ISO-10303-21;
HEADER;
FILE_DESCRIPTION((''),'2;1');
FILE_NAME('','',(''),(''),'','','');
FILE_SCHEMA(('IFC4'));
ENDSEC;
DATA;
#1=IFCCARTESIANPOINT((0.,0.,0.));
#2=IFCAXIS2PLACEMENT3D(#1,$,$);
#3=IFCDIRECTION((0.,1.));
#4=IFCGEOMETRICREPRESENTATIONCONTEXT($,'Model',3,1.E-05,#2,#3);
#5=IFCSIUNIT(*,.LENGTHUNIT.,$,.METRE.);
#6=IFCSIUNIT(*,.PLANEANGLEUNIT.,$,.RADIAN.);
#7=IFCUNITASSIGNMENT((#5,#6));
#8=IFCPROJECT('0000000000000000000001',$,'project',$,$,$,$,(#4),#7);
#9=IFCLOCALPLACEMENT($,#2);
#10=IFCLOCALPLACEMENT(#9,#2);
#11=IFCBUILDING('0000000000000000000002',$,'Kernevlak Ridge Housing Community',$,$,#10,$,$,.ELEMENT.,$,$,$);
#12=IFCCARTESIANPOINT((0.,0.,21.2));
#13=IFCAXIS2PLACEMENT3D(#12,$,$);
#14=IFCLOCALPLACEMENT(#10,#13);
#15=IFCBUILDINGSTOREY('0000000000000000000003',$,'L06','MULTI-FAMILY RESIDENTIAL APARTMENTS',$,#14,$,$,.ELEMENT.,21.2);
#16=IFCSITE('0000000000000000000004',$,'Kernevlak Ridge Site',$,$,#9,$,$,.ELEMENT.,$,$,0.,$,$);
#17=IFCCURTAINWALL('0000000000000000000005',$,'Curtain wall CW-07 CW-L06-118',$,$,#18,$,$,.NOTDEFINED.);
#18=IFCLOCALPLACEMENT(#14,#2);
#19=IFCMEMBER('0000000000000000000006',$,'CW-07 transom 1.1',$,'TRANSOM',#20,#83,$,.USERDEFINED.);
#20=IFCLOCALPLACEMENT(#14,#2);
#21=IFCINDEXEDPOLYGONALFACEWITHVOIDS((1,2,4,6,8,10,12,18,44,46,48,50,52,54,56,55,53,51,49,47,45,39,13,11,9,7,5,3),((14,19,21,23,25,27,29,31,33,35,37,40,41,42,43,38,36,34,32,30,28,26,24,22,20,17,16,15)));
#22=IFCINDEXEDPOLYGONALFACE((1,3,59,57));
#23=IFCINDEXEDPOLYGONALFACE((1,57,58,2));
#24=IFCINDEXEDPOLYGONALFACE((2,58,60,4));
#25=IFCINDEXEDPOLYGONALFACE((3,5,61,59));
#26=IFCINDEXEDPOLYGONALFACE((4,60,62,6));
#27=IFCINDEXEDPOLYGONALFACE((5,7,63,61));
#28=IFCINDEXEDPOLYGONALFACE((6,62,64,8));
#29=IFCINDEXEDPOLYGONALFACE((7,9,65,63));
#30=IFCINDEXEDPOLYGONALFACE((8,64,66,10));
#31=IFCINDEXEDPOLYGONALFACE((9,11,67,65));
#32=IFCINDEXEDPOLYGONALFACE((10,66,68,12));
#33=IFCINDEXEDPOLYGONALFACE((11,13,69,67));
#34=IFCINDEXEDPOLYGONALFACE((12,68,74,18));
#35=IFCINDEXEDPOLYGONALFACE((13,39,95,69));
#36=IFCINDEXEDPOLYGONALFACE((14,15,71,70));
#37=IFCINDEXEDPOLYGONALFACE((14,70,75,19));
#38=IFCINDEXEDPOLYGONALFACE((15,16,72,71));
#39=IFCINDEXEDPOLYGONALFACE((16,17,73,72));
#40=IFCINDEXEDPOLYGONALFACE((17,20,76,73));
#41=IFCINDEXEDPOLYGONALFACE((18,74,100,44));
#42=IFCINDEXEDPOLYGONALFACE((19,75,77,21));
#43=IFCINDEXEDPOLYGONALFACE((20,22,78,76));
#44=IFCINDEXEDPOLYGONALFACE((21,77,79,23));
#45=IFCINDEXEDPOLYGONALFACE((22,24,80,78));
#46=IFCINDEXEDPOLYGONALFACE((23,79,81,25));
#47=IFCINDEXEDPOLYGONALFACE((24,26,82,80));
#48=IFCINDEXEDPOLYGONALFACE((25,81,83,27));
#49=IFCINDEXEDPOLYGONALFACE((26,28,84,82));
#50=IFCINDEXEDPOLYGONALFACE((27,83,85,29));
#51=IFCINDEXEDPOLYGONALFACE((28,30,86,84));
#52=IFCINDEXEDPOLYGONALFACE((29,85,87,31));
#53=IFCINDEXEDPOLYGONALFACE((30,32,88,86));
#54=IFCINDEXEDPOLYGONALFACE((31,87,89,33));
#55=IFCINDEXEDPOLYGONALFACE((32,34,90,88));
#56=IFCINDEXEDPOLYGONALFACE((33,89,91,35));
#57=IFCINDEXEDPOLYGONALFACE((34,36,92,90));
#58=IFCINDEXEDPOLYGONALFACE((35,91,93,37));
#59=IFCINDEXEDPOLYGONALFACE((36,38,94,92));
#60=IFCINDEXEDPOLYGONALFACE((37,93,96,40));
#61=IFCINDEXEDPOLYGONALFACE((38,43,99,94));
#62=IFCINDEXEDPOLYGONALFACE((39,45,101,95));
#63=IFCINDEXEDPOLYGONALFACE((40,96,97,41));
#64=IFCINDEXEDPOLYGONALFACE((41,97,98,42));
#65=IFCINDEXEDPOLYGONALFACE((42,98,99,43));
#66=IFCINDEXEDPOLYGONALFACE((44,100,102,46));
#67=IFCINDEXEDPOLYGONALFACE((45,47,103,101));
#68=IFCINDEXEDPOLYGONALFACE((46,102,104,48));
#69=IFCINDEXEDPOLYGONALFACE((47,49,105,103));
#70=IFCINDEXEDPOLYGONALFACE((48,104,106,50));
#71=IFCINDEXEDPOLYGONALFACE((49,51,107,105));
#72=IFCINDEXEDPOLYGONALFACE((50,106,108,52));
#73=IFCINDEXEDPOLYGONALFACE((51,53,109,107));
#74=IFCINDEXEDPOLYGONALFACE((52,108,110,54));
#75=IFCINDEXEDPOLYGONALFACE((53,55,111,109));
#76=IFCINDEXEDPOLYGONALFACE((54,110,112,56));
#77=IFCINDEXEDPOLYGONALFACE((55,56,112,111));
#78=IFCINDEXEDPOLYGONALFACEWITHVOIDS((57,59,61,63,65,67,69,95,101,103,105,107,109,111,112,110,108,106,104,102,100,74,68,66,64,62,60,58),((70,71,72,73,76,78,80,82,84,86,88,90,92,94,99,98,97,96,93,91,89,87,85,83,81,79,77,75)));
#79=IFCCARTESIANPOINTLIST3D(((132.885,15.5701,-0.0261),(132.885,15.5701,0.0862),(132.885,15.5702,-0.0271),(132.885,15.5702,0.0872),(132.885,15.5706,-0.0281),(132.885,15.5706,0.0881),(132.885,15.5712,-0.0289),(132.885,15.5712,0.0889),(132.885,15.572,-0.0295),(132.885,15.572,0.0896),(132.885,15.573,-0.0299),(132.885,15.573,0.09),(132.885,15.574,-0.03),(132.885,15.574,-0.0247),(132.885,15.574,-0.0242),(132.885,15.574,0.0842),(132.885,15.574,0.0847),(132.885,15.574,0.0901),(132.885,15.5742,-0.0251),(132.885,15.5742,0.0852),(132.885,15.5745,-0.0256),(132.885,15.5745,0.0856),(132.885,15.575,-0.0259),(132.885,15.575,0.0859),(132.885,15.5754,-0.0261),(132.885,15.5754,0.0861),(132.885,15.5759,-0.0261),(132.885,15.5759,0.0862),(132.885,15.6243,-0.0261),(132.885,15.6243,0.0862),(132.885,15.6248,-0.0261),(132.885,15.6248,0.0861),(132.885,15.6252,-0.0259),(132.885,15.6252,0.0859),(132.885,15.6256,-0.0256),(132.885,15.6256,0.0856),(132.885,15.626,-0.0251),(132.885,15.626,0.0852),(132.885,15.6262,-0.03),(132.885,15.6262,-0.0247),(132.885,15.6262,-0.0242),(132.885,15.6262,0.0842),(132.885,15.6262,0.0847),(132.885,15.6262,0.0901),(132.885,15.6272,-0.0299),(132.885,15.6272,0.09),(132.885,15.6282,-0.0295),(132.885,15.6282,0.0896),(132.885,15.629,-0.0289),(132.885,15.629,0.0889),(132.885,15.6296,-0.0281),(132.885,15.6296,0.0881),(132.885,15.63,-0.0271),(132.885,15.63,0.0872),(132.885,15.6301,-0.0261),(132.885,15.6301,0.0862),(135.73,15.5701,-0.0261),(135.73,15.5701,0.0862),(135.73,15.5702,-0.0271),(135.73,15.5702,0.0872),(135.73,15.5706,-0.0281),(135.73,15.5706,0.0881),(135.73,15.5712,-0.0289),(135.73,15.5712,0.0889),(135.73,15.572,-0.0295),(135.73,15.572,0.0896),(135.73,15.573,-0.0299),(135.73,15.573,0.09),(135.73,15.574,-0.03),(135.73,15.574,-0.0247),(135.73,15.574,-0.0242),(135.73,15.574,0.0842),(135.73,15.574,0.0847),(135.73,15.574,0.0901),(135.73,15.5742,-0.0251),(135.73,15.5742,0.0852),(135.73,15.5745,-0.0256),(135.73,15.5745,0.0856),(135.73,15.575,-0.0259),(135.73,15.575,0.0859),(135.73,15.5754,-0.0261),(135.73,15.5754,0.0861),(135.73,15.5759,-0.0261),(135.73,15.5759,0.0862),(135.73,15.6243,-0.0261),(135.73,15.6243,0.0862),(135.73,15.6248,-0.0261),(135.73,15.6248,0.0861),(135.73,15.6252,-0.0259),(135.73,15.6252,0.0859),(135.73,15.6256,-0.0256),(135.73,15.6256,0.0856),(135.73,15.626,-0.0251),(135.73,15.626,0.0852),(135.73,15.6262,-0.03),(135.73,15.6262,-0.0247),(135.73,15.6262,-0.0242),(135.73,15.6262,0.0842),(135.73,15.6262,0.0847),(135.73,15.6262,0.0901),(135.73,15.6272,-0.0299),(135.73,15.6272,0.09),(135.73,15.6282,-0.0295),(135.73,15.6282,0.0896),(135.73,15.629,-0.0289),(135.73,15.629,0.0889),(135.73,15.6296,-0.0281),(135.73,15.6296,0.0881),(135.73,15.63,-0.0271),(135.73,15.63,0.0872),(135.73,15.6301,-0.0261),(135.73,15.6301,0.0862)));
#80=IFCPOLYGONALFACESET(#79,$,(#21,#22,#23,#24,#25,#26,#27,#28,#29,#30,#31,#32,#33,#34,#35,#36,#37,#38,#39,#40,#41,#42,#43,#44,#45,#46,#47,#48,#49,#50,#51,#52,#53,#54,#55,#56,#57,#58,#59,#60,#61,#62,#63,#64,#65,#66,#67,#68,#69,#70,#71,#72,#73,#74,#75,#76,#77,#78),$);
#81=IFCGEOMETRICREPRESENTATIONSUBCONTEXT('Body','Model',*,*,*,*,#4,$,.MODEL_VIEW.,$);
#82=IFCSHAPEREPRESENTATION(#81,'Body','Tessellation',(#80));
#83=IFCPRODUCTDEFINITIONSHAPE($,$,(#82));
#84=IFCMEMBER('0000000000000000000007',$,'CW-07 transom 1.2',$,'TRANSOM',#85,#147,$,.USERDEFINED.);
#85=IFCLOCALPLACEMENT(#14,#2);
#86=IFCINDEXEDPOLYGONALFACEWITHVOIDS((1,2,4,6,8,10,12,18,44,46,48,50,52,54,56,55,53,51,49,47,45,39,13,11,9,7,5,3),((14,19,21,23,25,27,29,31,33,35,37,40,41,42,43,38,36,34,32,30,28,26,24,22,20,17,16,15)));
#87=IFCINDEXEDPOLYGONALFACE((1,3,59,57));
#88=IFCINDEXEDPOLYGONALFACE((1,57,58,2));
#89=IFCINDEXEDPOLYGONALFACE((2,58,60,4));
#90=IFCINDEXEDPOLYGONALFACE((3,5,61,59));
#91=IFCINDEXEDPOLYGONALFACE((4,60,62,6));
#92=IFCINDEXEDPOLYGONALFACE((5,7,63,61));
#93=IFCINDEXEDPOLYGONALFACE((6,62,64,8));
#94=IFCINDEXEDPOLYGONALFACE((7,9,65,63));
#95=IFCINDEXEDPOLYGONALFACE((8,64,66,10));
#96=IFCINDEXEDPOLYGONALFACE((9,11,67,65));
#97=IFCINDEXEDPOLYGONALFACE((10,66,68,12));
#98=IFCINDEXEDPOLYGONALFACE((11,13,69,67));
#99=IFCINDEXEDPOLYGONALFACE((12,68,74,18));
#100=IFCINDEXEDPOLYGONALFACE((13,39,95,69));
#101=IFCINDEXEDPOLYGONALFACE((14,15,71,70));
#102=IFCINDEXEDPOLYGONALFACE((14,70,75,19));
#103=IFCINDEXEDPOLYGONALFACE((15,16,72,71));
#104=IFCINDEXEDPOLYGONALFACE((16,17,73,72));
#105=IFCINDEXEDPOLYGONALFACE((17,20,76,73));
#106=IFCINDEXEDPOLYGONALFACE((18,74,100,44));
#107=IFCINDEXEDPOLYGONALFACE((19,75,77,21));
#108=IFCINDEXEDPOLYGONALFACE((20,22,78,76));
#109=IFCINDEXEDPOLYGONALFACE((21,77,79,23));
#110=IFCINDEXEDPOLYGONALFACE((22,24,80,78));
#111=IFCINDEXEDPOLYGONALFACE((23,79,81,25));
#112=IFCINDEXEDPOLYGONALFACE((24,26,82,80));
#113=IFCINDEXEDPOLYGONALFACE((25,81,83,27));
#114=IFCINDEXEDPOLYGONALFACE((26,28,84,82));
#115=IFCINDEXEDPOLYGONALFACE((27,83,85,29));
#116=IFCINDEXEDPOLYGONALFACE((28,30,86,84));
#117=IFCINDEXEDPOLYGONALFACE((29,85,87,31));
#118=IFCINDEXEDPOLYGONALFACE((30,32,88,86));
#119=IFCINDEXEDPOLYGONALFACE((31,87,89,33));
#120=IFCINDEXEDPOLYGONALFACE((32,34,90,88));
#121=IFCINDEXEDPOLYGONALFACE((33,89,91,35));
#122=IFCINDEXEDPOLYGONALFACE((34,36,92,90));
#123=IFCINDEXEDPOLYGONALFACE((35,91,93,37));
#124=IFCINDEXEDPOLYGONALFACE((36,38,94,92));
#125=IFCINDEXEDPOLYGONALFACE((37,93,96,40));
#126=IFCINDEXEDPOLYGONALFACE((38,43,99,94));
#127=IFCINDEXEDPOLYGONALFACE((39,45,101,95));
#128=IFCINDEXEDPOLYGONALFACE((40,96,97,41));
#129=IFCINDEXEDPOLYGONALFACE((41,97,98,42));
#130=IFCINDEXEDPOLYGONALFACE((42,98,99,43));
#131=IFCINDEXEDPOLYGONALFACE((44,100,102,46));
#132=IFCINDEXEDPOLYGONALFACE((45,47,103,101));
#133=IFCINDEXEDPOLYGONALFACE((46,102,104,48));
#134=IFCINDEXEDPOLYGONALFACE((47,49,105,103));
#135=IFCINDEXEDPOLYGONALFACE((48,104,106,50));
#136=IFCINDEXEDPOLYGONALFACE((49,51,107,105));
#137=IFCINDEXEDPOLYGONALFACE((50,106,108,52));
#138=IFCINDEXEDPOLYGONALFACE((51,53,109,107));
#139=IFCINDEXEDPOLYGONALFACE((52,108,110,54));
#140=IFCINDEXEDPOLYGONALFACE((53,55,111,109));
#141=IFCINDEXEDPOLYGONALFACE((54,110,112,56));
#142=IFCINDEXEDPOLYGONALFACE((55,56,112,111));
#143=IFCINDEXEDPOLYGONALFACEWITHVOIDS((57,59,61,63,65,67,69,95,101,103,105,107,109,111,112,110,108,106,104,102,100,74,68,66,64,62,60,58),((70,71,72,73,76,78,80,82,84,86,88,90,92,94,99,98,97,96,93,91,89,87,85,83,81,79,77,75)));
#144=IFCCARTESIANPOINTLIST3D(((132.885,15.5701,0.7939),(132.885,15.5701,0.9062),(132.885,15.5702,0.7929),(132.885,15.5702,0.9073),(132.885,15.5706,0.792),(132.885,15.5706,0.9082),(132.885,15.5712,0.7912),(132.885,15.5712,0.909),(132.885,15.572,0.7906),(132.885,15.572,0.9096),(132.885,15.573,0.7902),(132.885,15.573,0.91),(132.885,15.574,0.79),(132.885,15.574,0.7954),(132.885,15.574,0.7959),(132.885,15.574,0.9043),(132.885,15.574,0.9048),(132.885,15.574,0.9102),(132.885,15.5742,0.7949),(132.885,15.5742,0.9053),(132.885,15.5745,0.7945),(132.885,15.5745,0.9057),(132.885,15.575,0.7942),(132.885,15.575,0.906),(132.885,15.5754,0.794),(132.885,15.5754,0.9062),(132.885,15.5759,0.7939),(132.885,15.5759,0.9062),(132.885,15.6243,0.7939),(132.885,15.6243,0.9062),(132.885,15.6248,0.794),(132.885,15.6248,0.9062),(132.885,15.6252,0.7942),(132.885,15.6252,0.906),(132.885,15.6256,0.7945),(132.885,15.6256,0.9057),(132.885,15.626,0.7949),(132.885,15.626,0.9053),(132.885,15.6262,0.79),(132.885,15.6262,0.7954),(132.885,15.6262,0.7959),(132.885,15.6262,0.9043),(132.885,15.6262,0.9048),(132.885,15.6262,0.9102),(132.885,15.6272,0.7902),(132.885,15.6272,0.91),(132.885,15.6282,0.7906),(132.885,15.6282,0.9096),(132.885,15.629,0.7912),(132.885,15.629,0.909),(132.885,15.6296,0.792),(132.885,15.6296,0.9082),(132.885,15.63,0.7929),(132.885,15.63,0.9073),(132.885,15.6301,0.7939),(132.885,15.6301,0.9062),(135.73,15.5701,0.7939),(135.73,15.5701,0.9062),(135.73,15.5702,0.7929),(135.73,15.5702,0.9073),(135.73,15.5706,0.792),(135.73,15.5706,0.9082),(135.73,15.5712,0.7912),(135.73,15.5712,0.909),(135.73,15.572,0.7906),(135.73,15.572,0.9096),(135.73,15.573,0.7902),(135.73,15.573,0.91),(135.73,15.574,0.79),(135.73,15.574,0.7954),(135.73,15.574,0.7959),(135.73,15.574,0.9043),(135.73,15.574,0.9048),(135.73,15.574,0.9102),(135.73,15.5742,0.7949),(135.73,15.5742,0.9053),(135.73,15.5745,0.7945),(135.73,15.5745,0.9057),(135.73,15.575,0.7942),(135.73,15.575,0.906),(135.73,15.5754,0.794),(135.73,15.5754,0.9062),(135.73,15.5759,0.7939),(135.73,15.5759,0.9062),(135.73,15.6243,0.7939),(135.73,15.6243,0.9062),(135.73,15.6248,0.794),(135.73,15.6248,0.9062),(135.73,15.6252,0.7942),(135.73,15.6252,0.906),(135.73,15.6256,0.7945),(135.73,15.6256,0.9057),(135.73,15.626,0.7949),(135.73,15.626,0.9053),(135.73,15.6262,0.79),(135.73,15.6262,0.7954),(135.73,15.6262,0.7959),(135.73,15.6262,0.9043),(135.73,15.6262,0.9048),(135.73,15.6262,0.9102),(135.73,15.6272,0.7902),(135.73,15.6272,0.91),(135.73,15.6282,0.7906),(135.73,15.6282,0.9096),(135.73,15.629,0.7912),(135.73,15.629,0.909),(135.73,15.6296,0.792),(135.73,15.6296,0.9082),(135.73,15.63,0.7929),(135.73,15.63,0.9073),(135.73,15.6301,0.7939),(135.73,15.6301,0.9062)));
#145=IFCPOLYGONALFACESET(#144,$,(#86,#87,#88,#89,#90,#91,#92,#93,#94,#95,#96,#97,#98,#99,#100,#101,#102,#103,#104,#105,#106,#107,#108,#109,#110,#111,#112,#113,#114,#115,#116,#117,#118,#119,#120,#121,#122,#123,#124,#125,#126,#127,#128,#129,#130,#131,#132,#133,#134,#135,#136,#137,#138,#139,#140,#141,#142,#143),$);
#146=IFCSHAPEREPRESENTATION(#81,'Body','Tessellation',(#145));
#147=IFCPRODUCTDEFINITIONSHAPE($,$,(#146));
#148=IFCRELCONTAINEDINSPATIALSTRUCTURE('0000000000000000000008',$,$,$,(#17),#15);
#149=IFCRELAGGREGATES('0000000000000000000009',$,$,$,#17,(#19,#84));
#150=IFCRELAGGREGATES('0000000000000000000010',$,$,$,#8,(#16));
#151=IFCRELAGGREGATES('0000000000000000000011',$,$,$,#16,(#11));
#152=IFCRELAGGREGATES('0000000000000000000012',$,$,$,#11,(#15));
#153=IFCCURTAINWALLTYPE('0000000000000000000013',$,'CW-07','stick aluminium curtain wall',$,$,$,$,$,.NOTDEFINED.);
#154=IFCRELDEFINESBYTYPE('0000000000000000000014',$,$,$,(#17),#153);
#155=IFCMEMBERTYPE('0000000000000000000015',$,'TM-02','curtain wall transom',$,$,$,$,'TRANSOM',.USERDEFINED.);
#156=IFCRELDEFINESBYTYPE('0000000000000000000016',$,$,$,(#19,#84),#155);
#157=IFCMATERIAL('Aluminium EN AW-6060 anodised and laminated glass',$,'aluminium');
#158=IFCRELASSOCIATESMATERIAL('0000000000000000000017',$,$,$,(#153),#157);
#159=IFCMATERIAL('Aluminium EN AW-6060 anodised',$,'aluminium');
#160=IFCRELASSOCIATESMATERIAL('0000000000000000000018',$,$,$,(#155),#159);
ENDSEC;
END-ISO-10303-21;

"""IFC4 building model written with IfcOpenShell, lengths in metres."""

from ifc_helpers import new_model, si_unit, direction, frame, origin, origin_2d, place, context, subcontext, project, spatial, hollow_rectangle, extrude, material, material_profile, profile_set, type_object, element, aggregate, save


model = new_model("IFC4")

# Units and contexts
model_context = context("Model", 3, precision=1e-05, world=origin(), true_north=direction((0.0, 1.0)))
body_context = subcontext(model_context, "Body", "Model", "MODEL_VIEW")
ifc_project = project(units=[si_unit("LENGTHUNIT", "METRE"), si_unit("PLANEANGLEUNIT", "RADIAN")], contexts=[model_context])

# Site, building, storey
site_placement = place(None, origin())
site = spatial("IfcSite", under=ifc_project, at=site_placement, Name="Kernevlak Ridge Site", CompositionType="ELEMENT", RefElevation=0.0)
building_placement = place(site_placement, origin())
building = spatial("IfcBuilding", under=site, at=building_placement, Name="Kernevlak Ridge Housing Community", CompositionType="ELEMENT")
storey_placement = place(building_placement, frame((0.0, 0.0, 21.2)))
storey = spatial("IfcBuildingStorey", under=building, at=storey_placement, Name="L06", Description="MULTI-FAMILY RESIDENTIAL APARTMENTS", CompositionType="ELEMENT", Elevation=21.2)

# Curtain wall
ifc_material_1 = material(Name="Aluminium EN AW-6060 anodised and laminated glass", Category="aluminium")
curtain_wall_type = type_object("IfcCurtainWallType", Name="CW-07", Description="stick aluminium curtain wall", PredefinedType="NOTDEFINED", material=ifc_material_1)
curtain_wall_placement = place(storey_placement, origin())
curtain_wall = element("IfcCurtainWall", 1, at=curtain_wall_placement, inside=storey, type_object=curtain_wall_type, Name="Curtain wall CW-07 CW-L06-118", PredefinedType="NOTDEFINED")
ifc_material_2 = material(Name="Aluminium EN AW-6060 anodised", Category="aluminium")

# Members
ifc_material_profile_1 = material_profile(ifc_material_2, hollow_rectangle(XDim=0.0601, YDim=0.1201, WallThickness=0.0039, InnerFilletRadius=0.002, OuterFilletRadius=0.0039, at=origin_2d()), Name="ALU 60x120x4")
ifc_profile_set_1 = profile_set([ifc_material_profile_1], Name="Aluminium EN AW-6060 anodised")
member_type_1 = type_object("IfcMemberType", Name="TM-02", Description="curtain wall transom", ElementType="TRANSOM", PredefinedType="USERDEFINED", material=ifc_profile_set_1)
member_1_placement = place(storey_placement, frame((132.885, 15.6001, 0.03), z_axis=(1.0, 0.0, 0.0), x_axis=(0.0, 1.0, 0.0)))
member_1 = element("IfcMember", 2, at=member_1_placement, type_object=member_type_1, Name="CW-07 transom 1.1", ObjectType="TRANSOM", PredefinedType="USERDEFINED", context=body_context, shape_type="SweptSolid", body=[
    extrude(hollow_rectangle(XDim=0.0601, YDim=0.1201, WallThickness=0.0039, InnerFilletRadius=0.002, OuterFilletRadius=0.0039, at=origin_2d()), origin(), (0.0, 0.0, 1.0), 2.845),
])
member_2_placement = place(storey_placement, frame((132.885, 15.6001, 0.8501), z_axis=(1.0, 0.0, 0.0), x_axis=(0.0, 1.0, 0.0)))
member_2 = element("IfcMember", 3, at=member_2_placement, type_object=member_type_1, Name="CW-07 transom 1.2", ObjectType="TRANSOM", PredefinedType="USERDEFINED", context=body_context, shape_type="SweptSolid", body=[
    extrude(hollow_rectangle(XDim=0.0601, YDim=0.1201, WallThickness=0.0039, InnerFilletRadius=0.002, OuterFilletRadius=0.0039, at=origin_2d()), origin(), (0.0, 0.0, 1.0), 2.845),
])

aggregate(curtain_wall, [member_1, member_2])

save(model, "model.ifc")
